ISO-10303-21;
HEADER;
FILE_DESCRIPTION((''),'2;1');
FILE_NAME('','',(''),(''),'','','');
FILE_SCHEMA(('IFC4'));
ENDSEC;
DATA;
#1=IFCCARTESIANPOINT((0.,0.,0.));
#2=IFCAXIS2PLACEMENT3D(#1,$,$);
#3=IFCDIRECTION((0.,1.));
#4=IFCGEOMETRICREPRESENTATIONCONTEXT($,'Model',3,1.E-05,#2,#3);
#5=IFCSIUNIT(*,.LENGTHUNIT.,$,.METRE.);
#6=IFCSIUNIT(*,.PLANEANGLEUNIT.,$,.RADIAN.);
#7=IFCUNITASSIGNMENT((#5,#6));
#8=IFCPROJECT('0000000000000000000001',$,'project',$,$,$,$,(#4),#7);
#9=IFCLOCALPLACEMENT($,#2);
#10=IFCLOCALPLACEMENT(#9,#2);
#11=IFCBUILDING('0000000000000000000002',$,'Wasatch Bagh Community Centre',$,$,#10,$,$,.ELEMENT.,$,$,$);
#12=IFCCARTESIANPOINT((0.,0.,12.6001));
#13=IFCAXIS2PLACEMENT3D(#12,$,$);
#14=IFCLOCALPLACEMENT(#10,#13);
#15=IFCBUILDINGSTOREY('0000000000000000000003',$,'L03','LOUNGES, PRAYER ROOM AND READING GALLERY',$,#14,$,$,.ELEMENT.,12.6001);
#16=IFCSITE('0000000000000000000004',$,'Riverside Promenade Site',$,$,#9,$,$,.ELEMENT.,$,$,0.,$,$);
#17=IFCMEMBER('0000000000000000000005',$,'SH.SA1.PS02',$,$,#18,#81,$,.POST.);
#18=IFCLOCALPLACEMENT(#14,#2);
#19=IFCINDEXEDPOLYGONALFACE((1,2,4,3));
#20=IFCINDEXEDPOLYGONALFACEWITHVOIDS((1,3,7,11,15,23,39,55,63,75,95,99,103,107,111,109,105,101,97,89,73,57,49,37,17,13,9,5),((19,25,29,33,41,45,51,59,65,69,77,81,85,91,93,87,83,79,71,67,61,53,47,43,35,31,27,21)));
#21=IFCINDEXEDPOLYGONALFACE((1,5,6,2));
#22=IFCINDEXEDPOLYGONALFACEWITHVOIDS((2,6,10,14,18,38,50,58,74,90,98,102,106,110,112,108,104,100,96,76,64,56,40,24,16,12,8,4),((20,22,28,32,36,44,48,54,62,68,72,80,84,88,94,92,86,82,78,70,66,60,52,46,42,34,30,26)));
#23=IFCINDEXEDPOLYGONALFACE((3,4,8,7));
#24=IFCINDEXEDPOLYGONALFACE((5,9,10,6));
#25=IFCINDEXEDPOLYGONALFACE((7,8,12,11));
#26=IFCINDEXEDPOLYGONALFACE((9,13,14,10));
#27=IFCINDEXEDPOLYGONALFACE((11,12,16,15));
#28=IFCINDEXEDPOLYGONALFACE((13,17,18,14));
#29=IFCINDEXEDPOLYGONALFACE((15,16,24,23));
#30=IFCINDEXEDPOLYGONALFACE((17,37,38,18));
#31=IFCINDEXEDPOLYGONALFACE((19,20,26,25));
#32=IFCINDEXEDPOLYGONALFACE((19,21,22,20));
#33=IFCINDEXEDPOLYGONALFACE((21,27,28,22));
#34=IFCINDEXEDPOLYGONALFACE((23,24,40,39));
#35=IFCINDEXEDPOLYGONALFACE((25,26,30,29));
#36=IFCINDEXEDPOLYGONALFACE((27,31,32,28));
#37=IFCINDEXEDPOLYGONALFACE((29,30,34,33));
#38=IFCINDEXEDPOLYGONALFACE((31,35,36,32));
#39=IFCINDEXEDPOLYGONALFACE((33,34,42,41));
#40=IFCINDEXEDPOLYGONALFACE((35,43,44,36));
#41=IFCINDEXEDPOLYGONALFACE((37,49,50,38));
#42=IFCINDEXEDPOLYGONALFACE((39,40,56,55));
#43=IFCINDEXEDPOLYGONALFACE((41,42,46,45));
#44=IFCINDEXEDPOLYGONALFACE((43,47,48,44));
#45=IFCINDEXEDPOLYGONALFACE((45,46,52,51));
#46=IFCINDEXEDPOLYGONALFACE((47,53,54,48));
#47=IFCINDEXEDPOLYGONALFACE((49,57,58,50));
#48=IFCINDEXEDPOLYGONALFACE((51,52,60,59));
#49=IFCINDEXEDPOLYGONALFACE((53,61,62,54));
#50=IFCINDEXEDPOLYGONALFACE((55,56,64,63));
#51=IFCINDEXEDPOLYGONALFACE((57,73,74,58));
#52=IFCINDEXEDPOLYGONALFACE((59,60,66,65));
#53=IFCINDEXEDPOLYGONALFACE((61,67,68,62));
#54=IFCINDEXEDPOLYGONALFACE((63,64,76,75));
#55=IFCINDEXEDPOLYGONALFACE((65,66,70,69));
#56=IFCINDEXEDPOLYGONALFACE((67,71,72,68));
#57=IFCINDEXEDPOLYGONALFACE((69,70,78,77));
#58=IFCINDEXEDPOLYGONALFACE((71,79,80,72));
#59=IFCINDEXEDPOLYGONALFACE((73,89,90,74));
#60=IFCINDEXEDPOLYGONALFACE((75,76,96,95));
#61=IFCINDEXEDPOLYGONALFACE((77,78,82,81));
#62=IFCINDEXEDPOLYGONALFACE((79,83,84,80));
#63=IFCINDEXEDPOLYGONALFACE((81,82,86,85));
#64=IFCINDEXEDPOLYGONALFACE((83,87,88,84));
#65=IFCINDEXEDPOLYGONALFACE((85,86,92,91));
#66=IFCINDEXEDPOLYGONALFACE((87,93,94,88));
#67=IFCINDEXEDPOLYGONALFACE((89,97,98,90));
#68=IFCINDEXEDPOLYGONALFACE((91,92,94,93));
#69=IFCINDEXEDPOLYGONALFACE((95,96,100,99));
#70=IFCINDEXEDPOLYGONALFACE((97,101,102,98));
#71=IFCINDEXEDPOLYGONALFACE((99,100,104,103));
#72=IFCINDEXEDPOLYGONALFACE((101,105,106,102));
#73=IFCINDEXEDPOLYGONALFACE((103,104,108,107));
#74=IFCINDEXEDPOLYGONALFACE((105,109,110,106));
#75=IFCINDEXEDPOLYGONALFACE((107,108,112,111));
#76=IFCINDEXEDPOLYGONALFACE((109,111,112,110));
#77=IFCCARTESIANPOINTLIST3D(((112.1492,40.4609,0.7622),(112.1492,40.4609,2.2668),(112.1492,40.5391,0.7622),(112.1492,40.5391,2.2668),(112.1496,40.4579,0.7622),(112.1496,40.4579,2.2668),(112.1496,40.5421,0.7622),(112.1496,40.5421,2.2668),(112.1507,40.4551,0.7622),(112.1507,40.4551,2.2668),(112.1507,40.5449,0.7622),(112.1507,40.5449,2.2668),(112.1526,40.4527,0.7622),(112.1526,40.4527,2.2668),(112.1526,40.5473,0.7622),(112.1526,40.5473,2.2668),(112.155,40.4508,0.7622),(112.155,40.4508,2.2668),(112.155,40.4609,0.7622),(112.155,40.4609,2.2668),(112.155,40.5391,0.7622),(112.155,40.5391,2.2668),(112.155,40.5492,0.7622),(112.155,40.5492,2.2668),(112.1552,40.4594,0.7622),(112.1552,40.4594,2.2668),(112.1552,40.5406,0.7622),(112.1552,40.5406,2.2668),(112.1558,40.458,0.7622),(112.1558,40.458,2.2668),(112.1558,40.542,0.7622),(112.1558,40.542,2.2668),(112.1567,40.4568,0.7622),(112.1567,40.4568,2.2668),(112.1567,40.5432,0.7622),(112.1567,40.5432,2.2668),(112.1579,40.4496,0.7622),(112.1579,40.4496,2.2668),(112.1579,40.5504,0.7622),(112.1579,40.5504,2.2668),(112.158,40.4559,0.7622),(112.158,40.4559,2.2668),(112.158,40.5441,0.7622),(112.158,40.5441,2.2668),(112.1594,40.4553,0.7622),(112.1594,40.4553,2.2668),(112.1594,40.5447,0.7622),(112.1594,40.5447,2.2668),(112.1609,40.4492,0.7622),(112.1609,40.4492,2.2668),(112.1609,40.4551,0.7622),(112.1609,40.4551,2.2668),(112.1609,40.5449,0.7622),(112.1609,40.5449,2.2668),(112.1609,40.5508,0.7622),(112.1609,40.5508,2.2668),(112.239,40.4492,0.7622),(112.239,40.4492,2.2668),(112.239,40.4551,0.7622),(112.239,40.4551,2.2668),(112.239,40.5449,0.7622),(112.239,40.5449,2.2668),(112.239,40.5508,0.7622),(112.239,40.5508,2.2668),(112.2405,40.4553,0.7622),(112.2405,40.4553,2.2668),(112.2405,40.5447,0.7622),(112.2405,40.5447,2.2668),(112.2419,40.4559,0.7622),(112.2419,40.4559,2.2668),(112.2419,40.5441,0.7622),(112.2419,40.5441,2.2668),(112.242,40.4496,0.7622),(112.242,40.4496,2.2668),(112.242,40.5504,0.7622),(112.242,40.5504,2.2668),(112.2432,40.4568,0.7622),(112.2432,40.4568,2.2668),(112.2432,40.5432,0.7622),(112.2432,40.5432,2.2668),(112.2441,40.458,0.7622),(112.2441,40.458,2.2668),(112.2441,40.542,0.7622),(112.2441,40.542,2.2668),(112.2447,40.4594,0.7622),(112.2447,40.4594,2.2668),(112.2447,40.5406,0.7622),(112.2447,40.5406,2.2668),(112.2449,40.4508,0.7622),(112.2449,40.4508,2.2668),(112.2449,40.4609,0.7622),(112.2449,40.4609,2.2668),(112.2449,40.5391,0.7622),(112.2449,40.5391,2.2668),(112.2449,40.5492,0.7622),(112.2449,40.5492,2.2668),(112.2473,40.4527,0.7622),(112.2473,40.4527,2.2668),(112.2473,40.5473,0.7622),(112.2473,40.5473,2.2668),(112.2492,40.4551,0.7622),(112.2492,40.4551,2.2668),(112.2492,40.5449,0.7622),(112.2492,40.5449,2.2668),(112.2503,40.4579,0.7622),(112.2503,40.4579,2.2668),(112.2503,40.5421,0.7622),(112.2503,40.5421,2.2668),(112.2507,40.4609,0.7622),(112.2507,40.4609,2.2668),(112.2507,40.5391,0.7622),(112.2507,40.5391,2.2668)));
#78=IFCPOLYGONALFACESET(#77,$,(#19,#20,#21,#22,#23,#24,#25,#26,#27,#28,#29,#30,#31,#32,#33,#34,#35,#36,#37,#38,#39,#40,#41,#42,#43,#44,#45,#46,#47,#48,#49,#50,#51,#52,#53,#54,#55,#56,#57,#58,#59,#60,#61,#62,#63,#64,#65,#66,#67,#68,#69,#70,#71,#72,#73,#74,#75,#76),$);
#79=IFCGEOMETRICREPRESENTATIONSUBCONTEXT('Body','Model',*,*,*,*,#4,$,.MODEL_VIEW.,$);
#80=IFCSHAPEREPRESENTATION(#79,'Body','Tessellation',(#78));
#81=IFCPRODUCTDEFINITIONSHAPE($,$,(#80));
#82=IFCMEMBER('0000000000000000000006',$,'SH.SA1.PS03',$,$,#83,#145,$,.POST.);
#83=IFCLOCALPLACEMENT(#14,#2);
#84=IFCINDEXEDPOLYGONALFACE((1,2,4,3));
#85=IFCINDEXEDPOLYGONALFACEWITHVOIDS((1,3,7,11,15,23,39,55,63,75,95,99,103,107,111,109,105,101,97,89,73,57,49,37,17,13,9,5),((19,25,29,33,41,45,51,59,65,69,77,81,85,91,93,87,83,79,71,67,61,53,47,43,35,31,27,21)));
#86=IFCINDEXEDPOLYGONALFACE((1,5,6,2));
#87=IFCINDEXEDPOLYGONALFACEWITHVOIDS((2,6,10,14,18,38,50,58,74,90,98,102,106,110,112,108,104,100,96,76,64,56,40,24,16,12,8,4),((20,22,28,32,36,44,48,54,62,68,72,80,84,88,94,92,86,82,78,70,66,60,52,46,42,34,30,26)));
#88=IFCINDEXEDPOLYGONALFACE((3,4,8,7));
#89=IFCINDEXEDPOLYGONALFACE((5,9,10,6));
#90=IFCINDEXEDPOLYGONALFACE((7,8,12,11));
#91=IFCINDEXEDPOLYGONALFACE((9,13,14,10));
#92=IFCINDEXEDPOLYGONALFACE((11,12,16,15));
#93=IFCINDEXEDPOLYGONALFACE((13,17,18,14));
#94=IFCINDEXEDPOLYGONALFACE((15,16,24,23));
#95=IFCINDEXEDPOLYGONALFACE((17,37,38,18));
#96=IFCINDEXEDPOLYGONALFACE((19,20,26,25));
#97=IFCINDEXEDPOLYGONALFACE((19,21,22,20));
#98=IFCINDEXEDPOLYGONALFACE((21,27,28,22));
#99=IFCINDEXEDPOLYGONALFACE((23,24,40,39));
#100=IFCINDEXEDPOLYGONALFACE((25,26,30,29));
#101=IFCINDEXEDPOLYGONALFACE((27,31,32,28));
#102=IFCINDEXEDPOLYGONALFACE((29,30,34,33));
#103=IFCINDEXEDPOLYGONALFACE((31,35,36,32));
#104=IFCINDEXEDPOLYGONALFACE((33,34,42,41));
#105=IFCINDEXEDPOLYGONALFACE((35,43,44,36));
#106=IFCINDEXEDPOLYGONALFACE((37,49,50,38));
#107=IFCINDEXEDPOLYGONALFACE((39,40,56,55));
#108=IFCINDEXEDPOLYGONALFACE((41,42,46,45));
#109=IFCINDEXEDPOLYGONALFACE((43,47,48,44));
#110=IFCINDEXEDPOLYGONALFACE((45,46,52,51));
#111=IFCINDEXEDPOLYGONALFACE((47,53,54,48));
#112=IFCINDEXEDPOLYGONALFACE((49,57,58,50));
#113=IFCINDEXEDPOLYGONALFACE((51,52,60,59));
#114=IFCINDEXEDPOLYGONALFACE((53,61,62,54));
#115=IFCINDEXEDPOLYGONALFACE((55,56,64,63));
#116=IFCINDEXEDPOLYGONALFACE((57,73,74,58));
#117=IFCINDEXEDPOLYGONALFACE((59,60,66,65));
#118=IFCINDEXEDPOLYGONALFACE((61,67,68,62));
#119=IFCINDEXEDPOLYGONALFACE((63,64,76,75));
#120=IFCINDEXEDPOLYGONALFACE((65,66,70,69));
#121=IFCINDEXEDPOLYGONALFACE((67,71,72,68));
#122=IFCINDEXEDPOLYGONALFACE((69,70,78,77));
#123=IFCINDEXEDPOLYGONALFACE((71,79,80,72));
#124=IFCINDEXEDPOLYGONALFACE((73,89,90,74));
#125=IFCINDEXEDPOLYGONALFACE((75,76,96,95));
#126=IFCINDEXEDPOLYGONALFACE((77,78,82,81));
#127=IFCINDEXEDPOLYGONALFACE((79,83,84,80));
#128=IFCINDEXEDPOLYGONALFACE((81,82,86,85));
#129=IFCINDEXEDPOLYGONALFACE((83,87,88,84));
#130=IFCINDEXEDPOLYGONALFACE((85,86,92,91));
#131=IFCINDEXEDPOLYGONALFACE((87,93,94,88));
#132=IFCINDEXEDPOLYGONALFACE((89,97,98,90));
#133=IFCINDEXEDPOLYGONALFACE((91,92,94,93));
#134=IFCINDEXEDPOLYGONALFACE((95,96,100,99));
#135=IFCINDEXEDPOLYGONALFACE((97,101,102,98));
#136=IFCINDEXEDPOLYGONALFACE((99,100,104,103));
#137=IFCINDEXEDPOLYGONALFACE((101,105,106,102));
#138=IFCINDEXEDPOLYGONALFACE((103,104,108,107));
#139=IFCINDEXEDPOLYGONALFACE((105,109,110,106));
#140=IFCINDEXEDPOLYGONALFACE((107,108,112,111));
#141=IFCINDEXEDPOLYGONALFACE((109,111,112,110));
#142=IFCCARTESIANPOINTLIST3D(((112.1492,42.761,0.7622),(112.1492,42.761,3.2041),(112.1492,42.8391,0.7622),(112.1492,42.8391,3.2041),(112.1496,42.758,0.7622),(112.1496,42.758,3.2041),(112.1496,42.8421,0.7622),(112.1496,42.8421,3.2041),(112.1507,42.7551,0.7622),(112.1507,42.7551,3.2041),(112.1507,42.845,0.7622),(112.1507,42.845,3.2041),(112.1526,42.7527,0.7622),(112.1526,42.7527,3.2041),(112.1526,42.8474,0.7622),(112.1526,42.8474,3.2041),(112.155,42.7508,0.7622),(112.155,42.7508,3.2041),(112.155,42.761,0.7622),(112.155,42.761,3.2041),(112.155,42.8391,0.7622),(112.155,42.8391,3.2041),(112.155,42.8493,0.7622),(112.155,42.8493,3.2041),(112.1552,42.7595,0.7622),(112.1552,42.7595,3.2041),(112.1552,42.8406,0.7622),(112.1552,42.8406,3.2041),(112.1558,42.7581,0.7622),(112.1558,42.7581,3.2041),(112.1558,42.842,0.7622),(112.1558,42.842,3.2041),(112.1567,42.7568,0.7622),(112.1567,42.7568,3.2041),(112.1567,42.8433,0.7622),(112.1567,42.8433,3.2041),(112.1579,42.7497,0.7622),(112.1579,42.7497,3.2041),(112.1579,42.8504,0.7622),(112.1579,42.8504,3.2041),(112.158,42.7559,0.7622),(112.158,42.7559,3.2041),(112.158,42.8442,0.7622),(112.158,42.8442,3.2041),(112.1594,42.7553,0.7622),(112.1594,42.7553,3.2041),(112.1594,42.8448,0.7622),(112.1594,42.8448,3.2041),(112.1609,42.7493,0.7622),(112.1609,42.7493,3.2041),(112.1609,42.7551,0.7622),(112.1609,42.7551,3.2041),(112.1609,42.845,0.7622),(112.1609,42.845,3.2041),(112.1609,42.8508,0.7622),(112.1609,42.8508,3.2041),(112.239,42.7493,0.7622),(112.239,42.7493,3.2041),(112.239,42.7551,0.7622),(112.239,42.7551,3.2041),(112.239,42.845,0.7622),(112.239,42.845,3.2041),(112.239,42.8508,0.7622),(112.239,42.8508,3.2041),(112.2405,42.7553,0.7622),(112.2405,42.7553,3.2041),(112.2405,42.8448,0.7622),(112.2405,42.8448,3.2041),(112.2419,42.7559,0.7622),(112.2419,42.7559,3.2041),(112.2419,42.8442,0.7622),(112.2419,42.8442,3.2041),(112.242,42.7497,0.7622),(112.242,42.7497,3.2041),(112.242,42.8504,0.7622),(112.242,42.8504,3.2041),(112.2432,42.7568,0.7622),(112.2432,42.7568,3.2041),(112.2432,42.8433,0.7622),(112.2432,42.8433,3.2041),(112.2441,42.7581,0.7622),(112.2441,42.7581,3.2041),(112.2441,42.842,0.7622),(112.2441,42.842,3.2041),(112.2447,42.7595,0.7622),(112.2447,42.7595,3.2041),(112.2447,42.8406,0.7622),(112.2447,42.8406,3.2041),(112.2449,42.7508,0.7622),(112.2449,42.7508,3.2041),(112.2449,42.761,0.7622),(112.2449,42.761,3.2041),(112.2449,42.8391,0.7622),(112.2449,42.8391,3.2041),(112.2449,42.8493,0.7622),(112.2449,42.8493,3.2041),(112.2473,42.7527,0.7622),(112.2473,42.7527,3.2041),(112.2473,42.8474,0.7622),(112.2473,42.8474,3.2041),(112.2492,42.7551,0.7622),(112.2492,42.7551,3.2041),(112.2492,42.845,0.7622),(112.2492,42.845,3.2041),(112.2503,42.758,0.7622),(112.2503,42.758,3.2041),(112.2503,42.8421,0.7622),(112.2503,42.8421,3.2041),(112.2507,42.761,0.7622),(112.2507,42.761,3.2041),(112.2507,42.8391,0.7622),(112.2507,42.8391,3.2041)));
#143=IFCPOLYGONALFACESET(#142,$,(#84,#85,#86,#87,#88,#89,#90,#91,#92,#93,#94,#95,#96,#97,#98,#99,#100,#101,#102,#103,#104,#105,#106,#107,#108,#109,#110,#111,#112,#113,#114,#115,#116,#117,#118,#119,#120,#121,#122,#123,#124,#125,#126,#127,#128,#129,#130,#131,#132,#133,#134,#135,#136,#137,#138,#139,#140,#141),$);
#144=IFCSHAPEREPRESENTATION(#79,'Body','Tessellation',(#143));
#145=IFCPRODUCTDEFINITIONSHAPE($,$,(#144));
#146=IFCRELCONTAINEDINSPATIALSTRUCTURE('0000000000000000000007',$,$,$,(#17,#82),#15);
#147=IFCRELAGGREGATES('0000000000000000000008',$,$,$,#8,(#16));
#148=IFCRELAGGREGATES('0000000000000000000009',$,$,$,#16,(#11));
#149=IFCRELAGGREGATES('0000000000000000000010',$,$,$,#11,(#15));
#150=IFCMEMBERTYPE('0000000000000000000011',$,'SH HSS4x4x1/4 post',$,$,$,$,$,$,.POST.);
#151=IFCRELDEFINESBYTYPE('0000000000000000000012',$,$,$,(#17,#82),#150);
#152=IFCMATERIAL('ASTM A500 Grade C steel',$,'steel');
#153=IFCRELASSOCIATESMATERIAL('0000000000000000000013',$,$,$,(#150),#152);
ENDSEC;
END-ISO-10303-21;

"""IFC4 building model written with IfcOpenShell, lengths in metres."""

from ifc_helpers import new_model, si_unit, direction, frame, origin, origin_2d, place, context, subcontext, project, spatial, hollow_rectangle, extrude, material, material_profile, profile_set, type_object, element, save


model = new_model("IFC4")

# Units and contexts
model_context = context("Model", 3, precision=1e-05, world=origin(), true_north=direction((0.0, 1.0)))
body_context = subcontext(model_context, "Body", "Model", "MODEL_VIEW")
ifc_project = project(units=[si_unit("LENGTHUNIT", "METRE"), si_unit("PLANEANGLEUNIT", "RADIAN")], contexts=[model_context])

# Site, building, storey
site_placement = place(None, origin())
site = spatial("IfcSite", under=ifc_project, at=site_placement, Name="Riverside Promenade Site", CompositionType="ELEMENT", RefElevation=0.0)
building_placement = place(site_placement, origin())
building = spatial("IfcBuilding", under=site, at=building_placement, Name="Wasatch Bagh Community Centre", CompositionType="ELEMENT")
storey_placement = place(building_placement, frame((0.0, 0.0, 12.6001)))
storey = spatial("IfcBuildingStorey", under=building, at=storey_placement, Name="L03", Description="LOUNGES, PRAYER ROOM AND READING GALLERY", CompositionType="ELEMENT", Elevation=12.6001)

# Members
ifc_material_1 = material(Name="ASTM A500 Grade C steel", Category="steel")
ifc_material_profile_1 = material_profile(ifc_material_1, hollow_rectangle(XDim=0.1016, YDim=0.1016, WallThickness=0.0059, InnerFilletRadius=0.0059, OuterFilletRadius=0.0117, at=origin_2d()), Name="HSS4x4x1/4")
ifc_profile_set_1 = profile_set([ifc_material_profile_1], Name="ASTM A500 Grade C steel")
member_type_1 = type_object("IfcMemberType", Name="SH HSS4x4x1/4 post", PredefinedType="POST", material=ifc_profile_set_1)
member_1_placement = place(storey_placement, frame((112.2, 40.5, 0.7622), z_axis=(0.0, 0.0, 1.0), x_axis=(1.0, 0.0, 0.0)))
element("IfcMember", 1, at=member_1_placement, inside=storey, type_object=member_type_1, Name="SH.SA1.PS02", PredefinedType="POST", context=body_context, shape_type="SweptSolid", body=[
    extrude(hollow_rectangle(XDim=0.1016, YDim=0.1016, WallThickness=0.0059, InnerFilletRadius=0.0059, OuterFilletRadius=0.0117, at=origin_2d()), origin(), (0.0, 0.0, 1.0), 1.5046),
])
member_2_placement = place(storey_placement, frame((112.2, 42.8, 0.7622), z_axis=(0.0, 0.0, 1.0), x_axis=(1.0, 0.0, 0.0)))
element("IfcMember", 2, at=member_2_placement, inside=storey, type_object=member_type_1, Name="SH.SA1.PS03", PredefinedType="POST", context=body_context, shape_type="SweptSolid", body=[
    extrude(hollow_rectangle(XDim=0.1016, YDim=0.1016, WallThickness=0.0059, InnerFilletRadius=0.0059, OuterFilletRadius=0.0117, at=origin_2d()), origin(), (0.0, 0.0, 1.0), 2.4419),
])

save(model, "model.ifc")
